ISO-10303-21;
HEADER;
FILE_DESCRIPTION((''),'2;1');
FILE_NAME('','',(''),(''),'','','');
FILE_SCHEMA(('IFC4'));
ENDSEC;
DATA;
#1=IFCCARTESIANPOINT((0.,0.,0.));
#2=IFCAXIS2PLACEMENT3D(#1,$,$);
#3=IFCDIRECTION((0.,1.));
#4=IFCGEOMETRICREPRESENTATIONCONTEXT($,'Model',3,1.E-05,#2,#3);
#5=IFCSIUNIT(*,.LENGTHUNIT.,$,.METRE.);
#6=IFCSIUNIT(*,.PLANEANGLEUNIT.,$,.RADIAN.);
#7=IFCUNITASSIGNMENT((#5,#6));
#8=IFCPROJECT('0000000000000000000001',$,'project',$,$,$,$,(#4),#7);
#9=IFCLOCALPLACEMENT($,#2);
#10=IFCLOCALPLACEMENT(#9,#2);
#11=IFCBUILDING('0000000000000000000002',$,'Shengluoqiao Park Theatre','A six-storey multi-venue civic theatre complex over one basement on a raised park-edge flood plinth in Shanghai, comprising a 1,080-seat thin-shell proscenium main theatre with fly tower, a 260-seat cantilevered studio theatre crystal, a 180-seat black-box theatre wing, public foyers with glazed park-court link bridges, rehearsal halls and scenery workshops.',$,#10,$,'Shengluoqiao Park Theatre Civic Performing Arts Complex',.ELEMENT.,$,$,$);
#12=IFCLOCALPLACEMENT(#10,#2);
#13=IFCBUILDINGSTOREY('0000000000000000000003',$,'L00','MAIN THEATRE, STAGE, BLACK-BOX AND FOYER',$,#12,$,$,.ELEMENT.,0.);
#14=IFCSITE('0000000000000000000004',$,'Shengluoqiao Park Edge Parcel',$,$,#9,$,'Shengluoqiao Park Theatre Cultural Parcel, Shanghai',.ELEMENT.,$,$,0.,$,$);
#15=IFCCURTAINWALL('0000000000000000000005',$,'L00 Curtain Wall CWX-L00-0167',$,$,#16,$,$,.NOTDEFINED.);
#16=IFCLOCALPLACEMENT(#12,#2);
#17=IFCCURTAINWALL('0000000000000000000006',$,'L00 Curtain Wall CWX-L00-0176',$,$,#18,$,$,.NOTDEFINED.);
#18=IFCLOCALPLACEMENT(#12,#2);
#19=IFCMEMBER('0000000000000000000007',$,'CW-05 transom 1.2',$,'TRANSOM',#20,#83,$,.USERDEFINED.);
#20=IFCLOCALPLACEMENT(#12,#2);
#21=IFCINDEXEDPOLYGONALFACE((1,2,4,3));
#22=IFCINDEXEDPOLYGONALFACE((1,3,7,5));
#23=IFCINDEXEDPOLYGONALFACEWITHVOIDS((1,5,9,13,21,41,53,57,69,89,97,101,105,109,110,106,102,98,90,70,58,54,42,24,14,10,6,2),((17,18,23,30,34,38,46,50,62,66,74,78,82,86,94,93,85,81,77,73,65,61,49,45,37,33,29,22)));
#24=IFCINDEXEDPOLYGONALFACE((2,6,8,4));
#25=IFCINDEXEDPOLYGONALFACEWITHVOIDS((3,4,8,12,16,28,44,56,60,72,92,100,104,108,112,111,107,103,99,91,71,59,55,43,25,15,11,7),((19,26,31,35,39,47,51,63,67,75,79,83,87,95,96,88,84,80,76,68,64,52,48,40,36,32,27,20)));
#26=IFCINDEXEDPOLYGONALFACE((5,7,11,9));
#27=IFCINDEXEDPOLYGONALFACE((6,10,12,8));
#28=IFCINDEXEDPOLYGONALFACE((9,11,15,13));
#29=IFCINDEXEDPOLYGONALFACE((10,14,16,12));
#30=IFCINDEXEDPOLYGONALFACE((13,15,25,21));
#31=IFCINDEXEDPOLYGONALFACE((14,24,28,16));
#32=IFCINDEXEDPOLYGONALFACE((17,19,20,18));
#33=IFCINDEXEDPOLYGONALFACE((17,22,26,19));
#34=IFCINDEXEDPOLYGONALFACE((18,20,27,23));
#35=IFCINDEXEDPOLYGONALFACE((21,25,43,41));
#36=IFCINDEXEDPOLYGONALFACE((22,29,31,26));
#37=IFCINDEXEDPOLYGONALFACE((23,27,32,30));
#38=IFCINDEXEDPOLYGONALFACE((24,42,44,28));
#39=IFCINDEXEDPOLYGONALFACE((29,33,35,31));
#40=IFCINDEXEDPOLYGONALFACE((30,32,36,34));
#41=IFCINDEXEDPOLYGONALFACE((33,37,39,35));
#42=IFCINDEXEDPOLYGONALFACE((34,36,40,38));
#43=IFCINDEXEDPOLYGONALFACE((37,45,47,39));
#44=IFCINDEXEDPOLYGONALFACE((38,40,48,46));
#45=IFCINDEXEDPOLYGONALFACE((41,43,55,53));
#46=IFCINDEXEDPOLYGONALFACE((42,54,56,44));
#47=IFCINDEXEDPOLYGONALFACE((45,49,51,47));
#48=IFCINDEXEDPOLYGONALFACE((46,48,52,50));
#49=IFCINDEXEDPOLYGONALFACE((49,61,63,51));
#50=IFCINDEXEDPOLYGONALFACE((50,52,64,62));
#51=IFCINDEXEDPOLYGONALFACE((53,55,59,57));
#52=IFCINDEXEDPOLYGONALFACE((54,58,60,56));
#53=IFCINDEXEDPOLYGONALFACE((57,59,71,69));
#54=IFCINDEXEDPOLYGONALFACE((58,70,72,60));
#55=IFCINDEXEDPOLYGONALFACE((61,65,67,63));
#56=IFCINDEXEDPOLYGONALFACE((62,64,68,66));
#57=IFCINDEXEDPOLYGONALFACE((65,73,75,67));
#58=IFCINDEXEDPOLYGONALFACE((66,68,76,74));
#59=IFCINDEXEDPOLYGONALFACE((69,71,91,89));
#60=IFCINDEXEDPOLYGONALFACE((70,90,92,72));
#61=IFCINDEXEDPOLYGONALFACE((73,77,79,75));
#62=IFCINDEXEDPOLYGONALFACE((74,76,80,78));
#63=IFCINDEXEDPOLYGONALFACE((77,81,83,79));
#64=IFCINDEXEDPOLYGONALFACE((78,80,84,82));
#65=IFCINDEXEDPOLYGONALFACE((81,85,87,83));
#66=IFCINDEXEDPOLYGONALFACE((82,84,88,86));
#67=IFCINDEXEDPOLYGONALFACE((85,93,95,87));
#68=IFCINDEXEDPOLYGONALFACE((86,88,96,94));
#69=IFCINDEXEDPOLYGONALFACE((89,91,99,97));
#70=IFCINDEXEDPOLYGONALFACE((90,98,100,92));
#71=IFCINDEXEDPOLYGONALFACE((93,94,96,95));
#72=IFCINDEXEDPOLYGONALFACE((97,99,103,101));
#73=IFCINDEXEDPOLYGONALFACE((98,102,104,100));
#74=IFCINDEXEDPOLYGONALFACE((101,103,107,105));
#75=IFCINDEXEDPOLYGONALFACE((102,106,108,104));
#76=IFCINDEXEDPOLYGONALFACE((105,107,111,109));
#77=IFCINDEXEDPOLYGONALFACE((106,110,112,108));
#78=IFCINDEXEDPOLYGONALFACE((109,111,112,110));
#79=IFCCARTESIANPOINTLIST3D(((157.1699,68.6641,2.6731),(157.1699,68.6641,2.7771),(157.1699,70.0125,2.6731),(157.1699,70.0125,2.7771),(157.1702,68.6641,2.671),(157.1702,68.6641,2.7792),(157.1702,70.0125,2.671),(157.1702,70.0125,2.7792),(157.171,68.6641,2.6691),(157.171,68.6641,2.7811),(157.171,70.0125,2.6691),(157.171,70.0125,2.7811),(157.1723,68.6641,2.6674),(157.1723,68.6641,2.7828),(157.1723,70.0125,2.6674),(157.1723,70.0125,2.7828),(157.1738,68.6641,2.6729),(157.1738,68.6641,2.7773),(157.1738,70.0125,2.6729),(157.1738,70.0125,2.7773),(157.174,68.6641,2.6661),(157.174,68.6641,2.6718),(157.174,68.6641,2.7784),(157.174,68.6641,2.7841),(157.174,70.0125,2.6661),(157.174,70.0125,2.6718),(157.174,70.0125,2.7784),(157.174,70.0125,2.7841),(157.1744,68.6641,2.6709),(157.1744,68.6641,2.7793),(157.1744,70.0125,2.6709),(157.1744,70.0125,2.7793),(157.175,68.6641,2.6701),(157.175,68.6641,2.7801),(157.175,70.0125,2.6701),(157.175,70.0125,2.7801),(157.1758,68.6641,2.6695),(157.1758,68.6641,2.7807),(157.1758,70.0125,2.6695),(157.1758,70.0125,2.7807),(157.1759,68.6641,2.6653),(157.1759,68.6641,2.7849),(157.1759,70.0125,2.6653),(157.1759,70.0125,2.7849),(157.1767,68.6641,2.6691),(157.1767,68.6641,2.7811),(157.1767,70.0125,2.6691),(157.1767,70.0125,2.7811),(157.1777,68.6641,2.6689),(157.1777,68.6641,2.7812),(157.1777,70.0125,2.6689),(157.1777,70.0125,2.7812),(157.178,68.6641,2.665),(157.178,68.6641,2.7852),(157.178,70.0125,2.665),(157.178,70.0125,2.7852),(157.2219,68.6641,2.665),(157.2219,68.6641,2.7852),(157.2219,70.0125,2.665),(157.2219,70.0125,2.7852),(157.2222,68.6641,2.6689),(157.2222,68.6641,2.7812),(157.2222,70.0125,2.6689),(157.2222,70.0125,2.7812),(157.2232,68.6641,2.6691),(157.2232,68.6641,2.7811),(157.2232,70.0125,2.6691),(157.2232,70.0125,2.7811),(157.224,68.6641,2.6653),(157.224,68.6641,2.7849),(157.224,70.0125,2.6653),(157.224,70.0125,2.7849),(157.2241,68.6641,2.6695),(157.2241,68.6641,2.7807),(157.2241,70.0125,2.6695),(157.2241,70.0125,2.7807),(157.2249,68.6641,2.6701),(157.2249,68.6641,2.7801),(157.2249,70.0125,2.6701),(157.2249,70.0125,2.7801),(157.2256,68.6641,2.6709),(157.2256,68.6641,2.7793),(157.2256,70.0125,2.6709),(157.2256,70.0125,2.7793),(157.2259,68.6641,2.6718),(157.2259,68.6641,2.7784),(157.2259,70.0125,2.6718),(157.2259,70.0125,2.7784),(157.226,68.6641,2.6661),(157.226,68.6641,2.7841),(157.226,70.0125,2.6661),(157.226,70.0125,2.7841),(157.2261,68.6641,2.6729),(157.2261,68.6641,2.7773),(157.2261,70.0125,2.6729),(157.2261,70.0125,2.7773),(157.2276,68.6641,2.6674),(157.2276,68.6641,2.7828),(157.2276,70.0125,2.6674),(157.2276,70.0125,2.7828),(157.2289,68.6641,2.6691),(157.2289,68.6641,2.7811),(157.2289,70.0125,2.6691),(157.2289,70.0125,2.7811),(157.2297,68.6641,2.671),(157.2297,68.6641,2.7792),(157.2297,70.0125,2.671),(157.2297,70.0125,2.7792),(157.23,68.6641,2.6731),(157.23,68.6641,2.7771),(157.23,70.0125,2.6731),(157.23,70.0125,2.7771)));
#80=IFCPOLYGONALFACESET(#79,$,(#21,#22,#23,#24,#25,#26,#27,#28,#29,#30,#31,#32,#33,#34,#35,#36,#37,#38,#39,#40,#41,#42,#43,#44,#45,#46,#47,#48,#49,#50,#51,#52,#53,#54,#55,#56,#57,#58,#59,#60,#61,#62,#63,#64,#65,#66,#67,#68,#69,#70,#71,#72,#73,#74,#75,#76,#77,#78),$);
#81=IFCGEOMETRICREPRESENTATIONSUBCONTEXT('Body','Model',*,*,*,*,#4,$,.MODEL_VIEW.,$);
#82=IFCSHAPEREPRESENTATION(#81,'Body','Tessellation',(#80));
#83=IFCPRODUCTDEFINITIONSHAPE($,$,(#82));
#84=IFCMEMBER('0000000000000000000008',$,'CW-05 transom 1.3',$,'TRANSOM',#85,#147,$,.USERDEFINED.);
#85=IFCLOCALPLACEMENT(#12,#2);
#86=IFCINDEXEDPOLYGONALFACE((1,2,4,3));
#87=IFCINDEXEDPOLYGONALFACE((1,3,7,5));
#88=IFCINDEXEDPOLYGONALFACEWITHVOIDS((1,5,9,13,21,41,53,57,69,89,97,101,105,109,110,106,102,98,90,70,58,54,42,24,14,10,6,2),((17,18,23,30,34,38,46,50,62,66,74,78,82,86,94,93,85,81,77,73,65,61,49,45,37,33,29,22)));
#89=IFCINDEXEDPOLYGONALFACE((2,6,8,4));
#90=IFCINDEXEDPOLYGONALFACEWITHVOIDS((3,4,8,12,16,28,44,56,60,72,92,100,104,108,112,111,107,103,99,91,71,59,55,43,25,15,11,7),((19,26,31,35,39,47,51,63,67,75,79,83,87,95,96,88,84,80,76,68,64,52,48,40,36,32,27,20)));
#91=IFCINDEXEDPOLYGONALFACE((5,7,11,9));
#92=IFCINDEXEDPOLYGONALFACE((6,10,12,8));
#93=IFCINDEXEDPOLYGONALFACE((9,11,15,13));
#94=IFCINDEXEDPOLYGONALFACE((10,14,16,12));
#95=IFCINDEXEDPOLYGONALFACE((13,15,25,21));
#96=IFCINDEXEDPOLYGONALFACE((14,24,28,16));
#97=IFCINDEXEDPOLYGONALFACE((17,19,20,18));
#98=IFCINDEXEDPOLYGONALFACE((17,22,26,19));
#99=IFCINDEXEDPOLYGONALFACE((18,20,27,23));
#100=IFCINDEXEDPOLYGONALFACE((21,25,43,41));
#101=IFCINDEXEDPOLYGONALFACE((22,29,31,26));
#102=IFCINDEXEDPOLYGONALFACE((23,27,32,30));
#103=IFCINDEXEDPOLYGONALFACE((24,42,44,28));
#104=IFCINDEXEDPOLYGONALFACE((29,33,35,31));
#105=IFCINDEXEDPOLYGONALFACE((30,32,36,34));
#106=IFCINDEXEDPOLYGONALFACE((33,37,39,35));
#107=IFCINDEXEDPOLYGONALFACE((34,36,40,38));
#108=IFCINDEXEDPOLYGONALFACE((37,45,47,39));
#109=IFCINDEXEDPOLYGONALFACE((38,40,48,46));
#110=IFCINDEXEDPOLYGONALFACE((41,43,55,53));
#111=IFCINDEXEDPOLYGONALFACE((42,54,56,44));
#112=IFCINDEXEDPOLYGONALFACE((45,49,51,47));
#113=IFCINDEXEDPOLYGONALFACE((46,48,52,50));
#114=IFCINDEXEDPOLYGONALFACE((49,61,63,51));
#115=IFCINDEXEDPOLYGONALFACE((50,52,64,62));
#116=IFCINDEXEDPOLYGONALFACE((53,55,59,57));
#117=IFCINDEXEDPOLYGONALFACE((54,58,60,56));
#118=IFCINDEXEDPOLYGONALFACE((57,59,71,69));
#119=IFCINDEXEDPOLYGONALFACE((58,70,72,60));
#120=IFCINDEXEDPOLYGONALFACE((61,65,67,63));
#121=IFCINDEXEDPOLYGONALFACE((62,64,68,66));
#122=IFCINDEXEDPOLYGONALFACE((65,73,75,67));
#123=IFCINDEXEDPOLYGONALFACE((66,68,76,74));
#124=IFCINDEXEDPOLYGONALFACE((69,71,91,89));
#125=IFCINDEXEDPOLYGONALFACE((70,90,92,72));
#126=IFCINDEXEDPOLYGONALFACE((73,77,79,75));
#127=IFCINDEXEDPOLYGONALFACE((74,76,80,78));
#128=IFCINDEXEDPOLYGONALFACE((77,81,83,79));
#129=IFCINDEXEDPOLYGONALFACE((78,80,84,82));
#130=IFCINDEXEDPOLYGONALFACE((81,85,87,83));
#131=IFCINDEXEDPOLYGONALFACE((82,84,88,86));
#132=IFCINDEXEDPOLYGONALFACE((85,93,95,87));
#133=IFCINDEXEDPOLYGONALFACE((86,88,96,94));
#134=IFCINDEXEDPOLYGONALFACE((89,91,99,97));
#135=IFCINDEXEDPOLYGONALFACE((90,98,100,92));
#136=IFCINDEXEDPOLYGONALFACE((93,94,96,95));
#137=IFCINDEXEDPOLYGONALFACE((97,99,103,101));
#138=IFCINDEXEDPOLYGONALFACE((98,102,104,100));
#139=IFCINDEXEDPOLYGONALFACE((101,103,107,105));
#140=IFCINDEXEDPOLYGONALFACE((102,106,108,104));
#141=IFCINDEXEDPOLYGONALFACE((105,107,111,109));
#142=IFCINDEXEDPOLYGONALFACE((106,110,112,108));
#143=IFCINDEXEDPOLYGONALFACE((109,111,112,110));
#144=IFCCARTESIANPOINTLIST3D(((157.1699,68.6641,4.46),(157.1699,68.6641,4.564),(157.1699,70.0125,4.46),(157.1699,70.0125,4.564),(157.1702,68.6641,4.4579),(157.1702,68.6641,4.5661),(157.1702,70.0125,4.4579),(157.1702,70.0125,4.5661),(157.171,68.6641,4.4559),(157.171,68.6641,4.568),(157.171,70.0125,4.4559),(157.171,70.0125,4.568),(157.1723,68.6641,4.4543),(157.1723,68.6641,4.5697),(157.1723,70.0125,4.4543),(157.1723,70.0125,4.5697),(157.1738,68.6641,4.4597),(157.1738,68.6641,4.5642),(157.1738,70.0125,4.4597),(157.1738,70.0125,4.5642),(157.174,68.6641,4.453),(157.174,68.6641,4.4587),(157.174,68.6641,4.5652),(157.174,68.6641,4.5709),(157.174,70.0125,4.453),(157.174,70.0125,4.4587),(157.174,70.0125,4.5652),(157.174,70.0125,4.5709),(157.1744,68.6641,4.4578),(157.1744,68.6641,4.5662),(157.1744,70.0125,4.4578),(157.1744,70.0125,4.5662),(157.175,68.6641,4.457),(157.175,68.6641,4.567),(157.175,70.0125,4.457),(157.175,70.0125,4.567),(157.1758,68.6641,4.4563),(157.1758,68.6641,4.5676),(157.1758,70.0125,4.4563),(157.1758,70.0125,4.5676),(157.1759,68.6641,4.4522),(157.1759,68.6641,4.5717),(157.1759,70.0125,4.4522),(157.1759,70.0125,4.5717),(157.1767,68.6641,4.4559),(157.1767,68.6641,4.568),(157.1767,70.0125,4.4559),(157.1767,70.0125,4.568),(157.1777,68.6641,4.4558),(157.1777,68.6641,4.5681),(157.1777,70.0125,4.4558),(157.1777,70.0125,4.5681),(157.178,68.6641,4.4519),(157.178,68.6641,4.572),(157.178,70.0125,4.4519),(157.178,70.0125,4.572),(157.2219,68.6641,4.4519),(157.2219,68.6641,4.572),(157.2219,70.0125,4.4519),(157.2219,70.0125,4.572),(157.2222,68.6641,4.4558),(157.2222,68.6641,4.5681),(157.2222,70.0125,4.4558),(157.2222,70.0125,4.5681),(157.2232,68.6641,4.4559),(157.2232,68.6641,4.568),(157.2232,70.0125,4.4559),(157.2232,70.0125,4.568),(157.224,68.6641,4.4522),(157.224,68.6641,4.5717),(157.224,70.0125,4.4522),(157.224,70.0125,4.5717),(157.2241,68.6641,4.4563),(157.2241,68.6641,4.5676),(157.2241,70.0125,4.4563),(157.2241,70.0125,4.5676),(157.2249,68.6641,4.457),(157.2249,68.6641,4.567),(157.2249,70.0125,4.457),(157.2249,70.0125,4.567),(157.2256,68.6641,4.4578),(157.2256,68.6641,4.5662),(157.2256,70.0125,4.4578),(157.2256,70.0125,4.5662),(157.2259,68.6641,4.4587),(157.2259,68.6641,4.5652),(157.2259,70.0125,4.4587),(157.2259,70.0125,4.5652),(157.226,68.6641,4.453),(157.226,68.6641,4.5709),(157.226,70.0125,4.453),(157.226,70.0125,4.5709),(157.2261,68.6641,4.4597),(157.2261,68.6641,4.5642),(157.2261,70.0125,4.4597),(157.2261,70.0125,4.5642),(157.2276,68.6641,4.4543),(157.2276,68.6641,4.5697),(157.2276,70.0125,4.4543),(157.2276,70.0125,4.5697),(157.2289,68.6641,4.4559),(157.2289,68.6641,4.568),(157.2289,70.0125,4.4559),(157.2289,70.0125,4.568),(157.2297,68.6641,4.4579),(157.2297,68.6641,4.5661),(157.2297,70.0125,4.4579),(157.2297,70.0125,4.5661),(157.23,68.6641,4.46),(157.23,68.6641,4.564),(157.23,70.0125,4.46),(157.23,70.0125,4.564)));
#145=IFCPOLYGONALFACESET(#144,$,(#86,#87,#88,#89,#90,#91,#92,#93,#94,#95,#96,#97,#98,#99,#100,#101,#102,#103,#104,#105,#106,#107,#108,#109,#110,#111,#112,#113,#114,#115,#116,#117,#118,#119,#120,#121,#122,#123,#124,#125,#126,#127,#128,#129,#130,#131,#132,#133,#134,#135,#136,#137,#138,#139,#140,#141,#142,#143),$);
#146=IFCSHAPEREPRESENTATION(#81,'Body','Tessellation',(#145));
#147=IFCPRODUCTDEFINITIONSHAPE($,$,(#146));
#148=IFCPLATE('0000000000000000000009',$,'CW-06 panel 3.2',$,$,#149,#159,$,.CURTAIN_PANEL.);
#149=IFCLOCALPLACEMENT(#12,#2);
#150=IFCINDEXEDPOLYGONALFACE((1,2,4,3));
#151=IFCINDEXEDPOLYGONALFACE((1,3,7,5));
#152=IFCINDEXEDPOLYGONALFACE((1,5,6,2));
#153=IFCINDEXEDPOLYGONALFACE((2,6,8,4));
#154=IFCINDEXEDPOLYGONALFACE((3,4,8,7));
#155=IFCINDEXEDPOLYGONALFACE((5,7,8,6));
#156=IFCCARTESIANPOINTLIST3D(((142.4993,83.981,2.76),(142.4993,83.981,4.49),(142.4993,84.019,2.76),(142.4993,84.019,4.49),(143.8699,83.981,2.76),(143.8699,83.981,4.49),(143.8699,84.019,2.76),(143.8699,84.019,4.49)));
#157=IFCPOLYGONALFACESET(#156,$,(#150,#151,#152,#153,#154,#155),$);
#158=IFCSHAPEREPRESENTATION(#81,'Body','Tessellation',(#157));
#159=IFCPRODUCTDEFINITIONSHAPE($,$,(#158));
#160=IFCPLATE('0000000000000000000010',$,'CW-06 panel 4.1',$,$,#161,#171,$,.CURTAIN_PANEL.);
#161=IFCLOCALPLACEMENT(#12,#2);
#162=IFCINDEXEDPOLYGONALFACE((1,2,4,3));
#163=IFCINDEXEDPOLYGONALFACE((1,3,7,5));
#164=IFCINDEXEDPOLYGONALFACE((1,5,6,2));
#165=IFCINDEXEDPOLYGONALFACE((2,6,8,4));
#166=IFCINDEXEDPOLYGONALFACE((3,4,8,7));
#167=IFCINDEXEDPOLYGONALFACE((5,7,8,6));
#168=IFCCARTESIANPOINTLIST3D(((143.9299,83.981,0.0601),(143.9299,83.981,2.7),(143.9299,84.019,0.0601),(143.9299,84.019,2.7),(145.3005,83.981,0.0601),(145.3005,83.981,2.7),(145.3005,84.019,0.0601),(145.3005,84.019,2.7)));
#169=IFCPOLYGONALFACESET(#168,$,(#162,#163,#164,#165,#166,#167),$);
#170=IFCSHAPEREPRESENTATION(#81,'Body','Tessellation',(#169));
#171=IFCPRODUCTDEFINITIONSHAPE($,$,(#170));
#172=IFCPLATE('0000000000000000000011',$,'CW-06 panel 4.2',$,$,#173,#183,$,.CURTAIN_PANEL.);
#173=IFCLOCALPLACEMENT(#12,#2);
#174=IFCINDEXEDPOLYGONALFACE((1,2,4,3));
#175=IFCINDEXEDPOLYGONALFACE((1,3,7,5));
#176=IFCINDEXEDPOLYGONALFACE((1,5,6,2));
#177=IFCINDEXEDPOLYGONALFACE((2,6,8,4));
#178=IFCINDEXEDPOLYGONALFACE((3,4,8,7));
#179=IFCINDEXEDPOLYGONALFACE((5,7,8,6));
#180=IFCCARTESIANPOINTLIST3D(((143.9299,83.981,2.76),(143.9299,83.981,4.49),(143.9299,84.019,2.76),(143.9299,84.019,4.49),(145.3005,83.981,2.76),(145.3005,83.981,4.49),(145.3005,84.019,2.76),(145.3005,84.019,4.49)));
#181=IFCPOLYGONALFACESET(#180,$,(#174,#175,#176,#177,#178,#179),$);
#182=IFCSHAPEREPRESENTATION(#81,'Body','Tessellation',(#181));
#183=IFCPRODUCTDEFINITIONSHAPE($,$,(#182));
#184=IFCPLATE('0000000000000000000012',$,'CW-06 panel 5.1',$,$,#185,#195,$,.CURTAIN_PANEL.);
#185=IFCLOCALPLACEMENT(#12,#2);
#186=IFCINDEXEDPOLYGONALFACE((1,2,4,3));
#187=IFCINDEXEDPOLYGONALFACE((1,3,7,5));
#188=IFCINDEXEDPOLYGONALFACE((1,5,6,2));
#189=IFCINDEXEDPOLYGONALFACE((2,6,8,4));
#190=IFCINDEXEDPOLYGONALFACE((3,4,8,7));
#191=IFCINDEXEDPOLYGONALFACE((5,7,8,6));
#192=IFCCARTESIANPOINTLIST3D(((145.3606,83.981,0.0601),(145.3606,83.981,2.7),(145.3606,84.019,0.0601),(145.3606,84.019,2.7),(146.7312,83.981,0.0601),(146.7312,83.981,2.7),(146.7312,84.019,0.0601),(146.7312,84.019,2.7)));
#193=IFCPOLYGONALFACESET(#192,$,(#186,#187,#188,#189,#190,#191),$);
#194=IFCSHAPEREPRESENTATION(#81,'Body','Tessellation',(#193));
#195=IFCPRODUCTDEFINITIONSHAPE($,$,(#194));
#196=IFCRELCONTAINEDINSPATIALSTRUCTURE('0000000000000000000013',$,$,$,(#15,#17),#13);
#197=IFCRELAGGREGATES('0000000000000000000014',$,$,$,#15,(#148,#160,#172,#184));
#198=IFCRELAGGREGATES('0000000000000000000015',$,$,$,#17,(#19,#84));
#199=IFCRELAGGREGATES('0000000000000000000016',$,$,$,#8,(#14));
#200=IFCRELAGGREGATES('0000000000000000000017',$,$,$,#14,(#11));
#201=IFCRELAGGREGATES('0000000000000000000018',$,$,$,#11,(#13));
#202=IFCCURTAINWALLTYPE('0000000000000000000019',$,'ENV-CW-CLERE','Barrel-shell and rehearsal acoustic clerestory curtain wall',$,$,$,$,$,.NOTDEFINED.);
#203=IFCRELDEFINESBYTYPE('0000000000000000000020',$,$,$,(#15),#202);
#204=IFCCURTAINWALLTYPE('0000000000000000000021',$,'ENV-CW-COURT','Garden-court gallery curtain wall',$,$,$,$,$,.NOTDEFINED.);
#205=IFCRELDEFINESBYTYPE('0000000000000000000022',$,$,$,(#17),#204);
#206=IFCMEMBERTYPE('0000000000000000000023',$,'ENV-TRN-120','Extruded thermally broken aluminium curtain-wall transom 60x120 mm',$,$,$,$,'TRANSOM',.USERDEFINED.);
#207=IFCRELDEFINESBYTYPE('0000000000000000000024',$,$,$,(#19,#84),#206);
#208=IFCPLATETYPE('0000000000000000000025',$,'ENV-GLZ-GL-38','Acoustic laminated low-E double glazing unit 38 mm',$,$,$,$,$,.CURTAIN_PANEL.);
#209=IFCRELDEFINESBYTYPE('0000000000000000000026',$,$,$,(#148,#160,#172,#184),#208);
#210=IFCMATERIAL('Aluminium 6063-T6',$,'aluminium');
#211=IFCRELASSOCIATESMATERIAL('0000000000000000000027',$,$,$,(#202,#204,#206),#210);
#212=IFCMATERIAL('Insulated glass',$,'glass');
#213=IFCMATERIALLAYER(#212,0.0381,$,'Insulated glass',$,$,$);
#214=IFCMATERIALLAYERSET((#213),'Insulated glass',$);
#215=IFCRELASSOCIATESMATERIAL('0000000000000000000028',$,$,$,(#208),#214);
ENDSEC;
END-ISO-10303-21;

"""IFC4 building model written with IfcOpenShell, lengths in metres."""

from ifc_helpers import new_model, si_unit, direction, frame, origin, origin_2d, place, context, subcontext, project, spatial, rectangle, hollow_rectangle, extrude, material, layer, layer_set, material_profile, profile_set, type_object, element, aggregate, save


model = new_model("IFC4")

# Units and contexts
model_context = context("Model", 3, precision=1e-05, world=origin(), true_north=direction((0.0, 1.0)))
body_context = subcontext(model_context, "Body", "Model", "MODEL_VIEW")
ifc_project = project(units=[si_unit("LENGTHUNIT", "METRE"), si_unit("PLANEANGLEUNIT", "RADIAN")], contexts=[model_context])

# Site, building, storey
site_placement = place(None, origin())
site = spatial("IfcSite", under=ifc_project, at=site_placement, Name="Shengluoqiao Park Edge Parcel", LongName="Shengluoqiao Park Theatre Cultural Parcel, Shanghai", CompositionType="ELEMENT", RefElevation=0.0)
building_placement = place(site_placement, origin())
building = spatial("IfcBuilding", under=site, at=building_placement, Name="Shengluoqiao Park Theatre", Description="A six-storey multi-venue civic theatre complex over one basement on a raised park-edge flood plinth in Shanghai, comprising a 1,080-seat thin-shell proscenium main theatre with fly tower, a 260-seat cantilevered studio theatre crystal, a 180-seat black-box theatre wing, public foyers with glazed park-court link bridges, rehearsal halls and scenery workshops.", LongName="Shengluoqiao Park Theatre Civic Performing Arts Complex", CompositionType="ELEMENT")
storey_placement = place(building_placement, origin())
storey = spatial("IfcBuildingStorey", under=building, at=storey_placement, Name="L00", Description="MAIN THEATRE, STAGE, BLACK-BOX AND FOYER", CompositionType="ELEMENT", Elevation=0.0)

# Curtain wall
ifc_material_1 = material(Name="Aluminium 6063-T6", Category="aluminium")
curtain_wall_type_1 = type_object("IfcCurtainWallType", Name="ENV-CW-CLERE", Description="Barrel-shell and rehearsal acoustic clerestory curtain wall", PredefinedType="NOTDEFINED", material=ifc_material_1)
curtain_wall_1_placement = place(storey_placement, origin())
curtain_wall_1 = element("IfcCurtainWall", 1, at=curtain_wall_1_placement, inside=storey, type_object=curtain_wall_type_1, Name="L00 Curtain Wall CWX-L00-0167", PredefinedType="NOTDEFINED")

# Curtain wall
curtain_wall_type_2 = type_object("IfcCurtainWallType", Name="ENV-CW-COURT", Description="Garden-court gallery curtain wall", PredefinedType="NOTDEFINED", material=ifc_material_1)
curtain_wall_2_placement = place(storey_placement, origin())
curtain_wall_2 = element("IfcCurtainWall", 2, at=curtain_wall_2_placement, inside=storey, type_object=curtain_wall_type_2, Name="L00 Curtain Wall CWX-L00-0176", PredefinedType="NOTDEFINED")

# Members
ifc_material_profile_1 = material_profile(ifc_material_1, hollow_rectangle(XDim=0.0601, YDim=0.1201, WallThickness=0.0039, InnerFilletRadius=0.0039, OuterFilletRadius=0.0081, at=origin_2d()), Name="ALU TRANSOM 120x60x4")
ifc_profile_set_1 = profile_set([ifc_material_profile_1], Name="Aluminium 6063-T6")
member_type_1 = type_object("IfcMemberType", Name="ENV-TRN-120", Description="Extruded thermally broken aluminium curtain-wall transom 60x120 mm", ElementType="TRANSOM", PredefinedType="USERDEFINED", material=ifc_profile_set_1)
member_1_placement = place(storey_placement, frame((157.2, 68.6641, 2.7251), z_axis=(0.0, 1.0, 0.0), x_axis=(-1.0, 0.0, 0.0)))
member_1 = element("IfcMember", 3, at=member_1_placement, type_object=member_type_1, Name="CW-05 transom 1.2", ObjectType="TRANSOM", PredefinedType="USERDEFINED", context=body_context, shape_type="SweptSolid", body=[
    extrude(hollow_rectangle(XDim=0.0601, YDim=0.1201, WallThickness=0.0039, InnerFilletRadius=0.0039, OuterFilletRadius=0.0081, at=origin_2d()), origin(), (0.0, 0.0, 1.0), 1.3484),
])
member_2_placement = place(storey_placement, frame((157.2, 68.6641, 4.512), z_axis=(0.0, 1.0, 0.0), x_axis=(-1.0, 0.0, 0.0)))
member_2 = element("IfcMember", 4, at=member_2_placement, type_object=member_type_1, Name="CW-05 transom 1.3", ObjectType="TRANSOM", PredefinedType="USERDEFINED", context=body_context, shape_type="SweptSolid", body=[
    extrude(hollow_rectangle(XDim=0.0601, YDim=0.1201, WallThickness=0.0039, InnerFilletRadius=0.0039, OuterFilletRadius=0.0081, at=origin_2d()), origin(), (0.0, 0.0, 1.0), 1.3484),
])

# Plates
ifc_material_2 = material(Name="Insulated glass", Category="glass")
ifc_layer_1 = layer(ifc_material_2, 0.0381, Name="Insulated glass")
ifc_layer_set_1 = layer_set([ifc_layer_1], Name="Insulated glass")
plate_type = type_object("IfcPlateType", Name="ENV-GLZ-GL-38", Description="Acoustic laminated low-E double glazing unit 38 mm", PredefinedType="CURTAIN_PANEL", material=ifc_layer_set_1)
plate_1_placement = place(storey_placement, frame((143.1846, 84.0, 2.76), z_axis=(0.0, 0.0, 1.0), x_axis=(1.0, 0.0, 0.0)))
plate_1 = element("IfcPlate", 5, at=plate_1_placement, type_object=plate_type, Name="CW-06 panel 3.2", PredefinedType="CURTAIN_PANEL", context=body_context, shape_type="SweptSolid", body=[
    extrude(rectangle(XDim=1.3706, YDim=0.0381, at=origin_2d()), origin(), (0.0, 0.0, 1.0), 1.73),
])
plate_2_placement = place(storey_placement, frame((144.6152, 84.0, 0.0601), z_axis=(0.0, 0.0, 1.0), x_axis=(1.0, 0.0, 0.0)))
plate_2 = element("IfcPlate", 6, at=plate_2_placement, type_object=plate_type, Name="CW-06 panel 4.1", PredefinedType="CURTAIN_PANEL", context=body_context, shape_type="SweptSolid", body=[
    extrude(rectangle(XDim=1.3706, YDim=0.0381, at=origin_2d()), origin(), (0.0, 0.0, 1.0), 2.6399),
])
plate_3_placement = place(storey_placement, frame((144.6152, 84.0, 2.76), z_axis=(0.0, 0.0, 1.0), x_axis=(1.0, 0.0, 0.0)))
plate_3 = element("IfcPlate", 7, at=plate_3_placement, type_object=plate_type, Name="CW-06 panel 4.2", PredefinedType="CURTAIN_PANEL", context=body_context, shape_type="SweptSolid", body=[
    extrude(rectangle(XDim=1.3706, YDim=0.0381, at=origin_2d()), origin(), (0.0, 0.0, 1.0), 1.73),
])
plate_4_placement = place(storey_placement, frame((146.0459, 84.0, 0.0601), z_axis=(0.0, 0.0, 1.0), x_axis=(1.0, 0.0, 0.0)))
plate_4 = element("IfcPlate", 8, at=plate_4_placement, type_object=plate_type, Name="CW-06 panel 5.1", PredefinedType="CURTAIN_PANEL", context=body_context, shape_type="SweptSolid", body=[
    extrude(rectangle(XDim=1.3706, YDim=0.0381, at=origin_2d()), origin(), (0.0, 0.0, 1.0), 2.6399),
])
aggregate(curtain_wall_1, [plate_1, plate_2, plate_3, plate_4])
aggregate(curtain_wall_2, [member_1, member_2])

save(model, "model.ifc")
